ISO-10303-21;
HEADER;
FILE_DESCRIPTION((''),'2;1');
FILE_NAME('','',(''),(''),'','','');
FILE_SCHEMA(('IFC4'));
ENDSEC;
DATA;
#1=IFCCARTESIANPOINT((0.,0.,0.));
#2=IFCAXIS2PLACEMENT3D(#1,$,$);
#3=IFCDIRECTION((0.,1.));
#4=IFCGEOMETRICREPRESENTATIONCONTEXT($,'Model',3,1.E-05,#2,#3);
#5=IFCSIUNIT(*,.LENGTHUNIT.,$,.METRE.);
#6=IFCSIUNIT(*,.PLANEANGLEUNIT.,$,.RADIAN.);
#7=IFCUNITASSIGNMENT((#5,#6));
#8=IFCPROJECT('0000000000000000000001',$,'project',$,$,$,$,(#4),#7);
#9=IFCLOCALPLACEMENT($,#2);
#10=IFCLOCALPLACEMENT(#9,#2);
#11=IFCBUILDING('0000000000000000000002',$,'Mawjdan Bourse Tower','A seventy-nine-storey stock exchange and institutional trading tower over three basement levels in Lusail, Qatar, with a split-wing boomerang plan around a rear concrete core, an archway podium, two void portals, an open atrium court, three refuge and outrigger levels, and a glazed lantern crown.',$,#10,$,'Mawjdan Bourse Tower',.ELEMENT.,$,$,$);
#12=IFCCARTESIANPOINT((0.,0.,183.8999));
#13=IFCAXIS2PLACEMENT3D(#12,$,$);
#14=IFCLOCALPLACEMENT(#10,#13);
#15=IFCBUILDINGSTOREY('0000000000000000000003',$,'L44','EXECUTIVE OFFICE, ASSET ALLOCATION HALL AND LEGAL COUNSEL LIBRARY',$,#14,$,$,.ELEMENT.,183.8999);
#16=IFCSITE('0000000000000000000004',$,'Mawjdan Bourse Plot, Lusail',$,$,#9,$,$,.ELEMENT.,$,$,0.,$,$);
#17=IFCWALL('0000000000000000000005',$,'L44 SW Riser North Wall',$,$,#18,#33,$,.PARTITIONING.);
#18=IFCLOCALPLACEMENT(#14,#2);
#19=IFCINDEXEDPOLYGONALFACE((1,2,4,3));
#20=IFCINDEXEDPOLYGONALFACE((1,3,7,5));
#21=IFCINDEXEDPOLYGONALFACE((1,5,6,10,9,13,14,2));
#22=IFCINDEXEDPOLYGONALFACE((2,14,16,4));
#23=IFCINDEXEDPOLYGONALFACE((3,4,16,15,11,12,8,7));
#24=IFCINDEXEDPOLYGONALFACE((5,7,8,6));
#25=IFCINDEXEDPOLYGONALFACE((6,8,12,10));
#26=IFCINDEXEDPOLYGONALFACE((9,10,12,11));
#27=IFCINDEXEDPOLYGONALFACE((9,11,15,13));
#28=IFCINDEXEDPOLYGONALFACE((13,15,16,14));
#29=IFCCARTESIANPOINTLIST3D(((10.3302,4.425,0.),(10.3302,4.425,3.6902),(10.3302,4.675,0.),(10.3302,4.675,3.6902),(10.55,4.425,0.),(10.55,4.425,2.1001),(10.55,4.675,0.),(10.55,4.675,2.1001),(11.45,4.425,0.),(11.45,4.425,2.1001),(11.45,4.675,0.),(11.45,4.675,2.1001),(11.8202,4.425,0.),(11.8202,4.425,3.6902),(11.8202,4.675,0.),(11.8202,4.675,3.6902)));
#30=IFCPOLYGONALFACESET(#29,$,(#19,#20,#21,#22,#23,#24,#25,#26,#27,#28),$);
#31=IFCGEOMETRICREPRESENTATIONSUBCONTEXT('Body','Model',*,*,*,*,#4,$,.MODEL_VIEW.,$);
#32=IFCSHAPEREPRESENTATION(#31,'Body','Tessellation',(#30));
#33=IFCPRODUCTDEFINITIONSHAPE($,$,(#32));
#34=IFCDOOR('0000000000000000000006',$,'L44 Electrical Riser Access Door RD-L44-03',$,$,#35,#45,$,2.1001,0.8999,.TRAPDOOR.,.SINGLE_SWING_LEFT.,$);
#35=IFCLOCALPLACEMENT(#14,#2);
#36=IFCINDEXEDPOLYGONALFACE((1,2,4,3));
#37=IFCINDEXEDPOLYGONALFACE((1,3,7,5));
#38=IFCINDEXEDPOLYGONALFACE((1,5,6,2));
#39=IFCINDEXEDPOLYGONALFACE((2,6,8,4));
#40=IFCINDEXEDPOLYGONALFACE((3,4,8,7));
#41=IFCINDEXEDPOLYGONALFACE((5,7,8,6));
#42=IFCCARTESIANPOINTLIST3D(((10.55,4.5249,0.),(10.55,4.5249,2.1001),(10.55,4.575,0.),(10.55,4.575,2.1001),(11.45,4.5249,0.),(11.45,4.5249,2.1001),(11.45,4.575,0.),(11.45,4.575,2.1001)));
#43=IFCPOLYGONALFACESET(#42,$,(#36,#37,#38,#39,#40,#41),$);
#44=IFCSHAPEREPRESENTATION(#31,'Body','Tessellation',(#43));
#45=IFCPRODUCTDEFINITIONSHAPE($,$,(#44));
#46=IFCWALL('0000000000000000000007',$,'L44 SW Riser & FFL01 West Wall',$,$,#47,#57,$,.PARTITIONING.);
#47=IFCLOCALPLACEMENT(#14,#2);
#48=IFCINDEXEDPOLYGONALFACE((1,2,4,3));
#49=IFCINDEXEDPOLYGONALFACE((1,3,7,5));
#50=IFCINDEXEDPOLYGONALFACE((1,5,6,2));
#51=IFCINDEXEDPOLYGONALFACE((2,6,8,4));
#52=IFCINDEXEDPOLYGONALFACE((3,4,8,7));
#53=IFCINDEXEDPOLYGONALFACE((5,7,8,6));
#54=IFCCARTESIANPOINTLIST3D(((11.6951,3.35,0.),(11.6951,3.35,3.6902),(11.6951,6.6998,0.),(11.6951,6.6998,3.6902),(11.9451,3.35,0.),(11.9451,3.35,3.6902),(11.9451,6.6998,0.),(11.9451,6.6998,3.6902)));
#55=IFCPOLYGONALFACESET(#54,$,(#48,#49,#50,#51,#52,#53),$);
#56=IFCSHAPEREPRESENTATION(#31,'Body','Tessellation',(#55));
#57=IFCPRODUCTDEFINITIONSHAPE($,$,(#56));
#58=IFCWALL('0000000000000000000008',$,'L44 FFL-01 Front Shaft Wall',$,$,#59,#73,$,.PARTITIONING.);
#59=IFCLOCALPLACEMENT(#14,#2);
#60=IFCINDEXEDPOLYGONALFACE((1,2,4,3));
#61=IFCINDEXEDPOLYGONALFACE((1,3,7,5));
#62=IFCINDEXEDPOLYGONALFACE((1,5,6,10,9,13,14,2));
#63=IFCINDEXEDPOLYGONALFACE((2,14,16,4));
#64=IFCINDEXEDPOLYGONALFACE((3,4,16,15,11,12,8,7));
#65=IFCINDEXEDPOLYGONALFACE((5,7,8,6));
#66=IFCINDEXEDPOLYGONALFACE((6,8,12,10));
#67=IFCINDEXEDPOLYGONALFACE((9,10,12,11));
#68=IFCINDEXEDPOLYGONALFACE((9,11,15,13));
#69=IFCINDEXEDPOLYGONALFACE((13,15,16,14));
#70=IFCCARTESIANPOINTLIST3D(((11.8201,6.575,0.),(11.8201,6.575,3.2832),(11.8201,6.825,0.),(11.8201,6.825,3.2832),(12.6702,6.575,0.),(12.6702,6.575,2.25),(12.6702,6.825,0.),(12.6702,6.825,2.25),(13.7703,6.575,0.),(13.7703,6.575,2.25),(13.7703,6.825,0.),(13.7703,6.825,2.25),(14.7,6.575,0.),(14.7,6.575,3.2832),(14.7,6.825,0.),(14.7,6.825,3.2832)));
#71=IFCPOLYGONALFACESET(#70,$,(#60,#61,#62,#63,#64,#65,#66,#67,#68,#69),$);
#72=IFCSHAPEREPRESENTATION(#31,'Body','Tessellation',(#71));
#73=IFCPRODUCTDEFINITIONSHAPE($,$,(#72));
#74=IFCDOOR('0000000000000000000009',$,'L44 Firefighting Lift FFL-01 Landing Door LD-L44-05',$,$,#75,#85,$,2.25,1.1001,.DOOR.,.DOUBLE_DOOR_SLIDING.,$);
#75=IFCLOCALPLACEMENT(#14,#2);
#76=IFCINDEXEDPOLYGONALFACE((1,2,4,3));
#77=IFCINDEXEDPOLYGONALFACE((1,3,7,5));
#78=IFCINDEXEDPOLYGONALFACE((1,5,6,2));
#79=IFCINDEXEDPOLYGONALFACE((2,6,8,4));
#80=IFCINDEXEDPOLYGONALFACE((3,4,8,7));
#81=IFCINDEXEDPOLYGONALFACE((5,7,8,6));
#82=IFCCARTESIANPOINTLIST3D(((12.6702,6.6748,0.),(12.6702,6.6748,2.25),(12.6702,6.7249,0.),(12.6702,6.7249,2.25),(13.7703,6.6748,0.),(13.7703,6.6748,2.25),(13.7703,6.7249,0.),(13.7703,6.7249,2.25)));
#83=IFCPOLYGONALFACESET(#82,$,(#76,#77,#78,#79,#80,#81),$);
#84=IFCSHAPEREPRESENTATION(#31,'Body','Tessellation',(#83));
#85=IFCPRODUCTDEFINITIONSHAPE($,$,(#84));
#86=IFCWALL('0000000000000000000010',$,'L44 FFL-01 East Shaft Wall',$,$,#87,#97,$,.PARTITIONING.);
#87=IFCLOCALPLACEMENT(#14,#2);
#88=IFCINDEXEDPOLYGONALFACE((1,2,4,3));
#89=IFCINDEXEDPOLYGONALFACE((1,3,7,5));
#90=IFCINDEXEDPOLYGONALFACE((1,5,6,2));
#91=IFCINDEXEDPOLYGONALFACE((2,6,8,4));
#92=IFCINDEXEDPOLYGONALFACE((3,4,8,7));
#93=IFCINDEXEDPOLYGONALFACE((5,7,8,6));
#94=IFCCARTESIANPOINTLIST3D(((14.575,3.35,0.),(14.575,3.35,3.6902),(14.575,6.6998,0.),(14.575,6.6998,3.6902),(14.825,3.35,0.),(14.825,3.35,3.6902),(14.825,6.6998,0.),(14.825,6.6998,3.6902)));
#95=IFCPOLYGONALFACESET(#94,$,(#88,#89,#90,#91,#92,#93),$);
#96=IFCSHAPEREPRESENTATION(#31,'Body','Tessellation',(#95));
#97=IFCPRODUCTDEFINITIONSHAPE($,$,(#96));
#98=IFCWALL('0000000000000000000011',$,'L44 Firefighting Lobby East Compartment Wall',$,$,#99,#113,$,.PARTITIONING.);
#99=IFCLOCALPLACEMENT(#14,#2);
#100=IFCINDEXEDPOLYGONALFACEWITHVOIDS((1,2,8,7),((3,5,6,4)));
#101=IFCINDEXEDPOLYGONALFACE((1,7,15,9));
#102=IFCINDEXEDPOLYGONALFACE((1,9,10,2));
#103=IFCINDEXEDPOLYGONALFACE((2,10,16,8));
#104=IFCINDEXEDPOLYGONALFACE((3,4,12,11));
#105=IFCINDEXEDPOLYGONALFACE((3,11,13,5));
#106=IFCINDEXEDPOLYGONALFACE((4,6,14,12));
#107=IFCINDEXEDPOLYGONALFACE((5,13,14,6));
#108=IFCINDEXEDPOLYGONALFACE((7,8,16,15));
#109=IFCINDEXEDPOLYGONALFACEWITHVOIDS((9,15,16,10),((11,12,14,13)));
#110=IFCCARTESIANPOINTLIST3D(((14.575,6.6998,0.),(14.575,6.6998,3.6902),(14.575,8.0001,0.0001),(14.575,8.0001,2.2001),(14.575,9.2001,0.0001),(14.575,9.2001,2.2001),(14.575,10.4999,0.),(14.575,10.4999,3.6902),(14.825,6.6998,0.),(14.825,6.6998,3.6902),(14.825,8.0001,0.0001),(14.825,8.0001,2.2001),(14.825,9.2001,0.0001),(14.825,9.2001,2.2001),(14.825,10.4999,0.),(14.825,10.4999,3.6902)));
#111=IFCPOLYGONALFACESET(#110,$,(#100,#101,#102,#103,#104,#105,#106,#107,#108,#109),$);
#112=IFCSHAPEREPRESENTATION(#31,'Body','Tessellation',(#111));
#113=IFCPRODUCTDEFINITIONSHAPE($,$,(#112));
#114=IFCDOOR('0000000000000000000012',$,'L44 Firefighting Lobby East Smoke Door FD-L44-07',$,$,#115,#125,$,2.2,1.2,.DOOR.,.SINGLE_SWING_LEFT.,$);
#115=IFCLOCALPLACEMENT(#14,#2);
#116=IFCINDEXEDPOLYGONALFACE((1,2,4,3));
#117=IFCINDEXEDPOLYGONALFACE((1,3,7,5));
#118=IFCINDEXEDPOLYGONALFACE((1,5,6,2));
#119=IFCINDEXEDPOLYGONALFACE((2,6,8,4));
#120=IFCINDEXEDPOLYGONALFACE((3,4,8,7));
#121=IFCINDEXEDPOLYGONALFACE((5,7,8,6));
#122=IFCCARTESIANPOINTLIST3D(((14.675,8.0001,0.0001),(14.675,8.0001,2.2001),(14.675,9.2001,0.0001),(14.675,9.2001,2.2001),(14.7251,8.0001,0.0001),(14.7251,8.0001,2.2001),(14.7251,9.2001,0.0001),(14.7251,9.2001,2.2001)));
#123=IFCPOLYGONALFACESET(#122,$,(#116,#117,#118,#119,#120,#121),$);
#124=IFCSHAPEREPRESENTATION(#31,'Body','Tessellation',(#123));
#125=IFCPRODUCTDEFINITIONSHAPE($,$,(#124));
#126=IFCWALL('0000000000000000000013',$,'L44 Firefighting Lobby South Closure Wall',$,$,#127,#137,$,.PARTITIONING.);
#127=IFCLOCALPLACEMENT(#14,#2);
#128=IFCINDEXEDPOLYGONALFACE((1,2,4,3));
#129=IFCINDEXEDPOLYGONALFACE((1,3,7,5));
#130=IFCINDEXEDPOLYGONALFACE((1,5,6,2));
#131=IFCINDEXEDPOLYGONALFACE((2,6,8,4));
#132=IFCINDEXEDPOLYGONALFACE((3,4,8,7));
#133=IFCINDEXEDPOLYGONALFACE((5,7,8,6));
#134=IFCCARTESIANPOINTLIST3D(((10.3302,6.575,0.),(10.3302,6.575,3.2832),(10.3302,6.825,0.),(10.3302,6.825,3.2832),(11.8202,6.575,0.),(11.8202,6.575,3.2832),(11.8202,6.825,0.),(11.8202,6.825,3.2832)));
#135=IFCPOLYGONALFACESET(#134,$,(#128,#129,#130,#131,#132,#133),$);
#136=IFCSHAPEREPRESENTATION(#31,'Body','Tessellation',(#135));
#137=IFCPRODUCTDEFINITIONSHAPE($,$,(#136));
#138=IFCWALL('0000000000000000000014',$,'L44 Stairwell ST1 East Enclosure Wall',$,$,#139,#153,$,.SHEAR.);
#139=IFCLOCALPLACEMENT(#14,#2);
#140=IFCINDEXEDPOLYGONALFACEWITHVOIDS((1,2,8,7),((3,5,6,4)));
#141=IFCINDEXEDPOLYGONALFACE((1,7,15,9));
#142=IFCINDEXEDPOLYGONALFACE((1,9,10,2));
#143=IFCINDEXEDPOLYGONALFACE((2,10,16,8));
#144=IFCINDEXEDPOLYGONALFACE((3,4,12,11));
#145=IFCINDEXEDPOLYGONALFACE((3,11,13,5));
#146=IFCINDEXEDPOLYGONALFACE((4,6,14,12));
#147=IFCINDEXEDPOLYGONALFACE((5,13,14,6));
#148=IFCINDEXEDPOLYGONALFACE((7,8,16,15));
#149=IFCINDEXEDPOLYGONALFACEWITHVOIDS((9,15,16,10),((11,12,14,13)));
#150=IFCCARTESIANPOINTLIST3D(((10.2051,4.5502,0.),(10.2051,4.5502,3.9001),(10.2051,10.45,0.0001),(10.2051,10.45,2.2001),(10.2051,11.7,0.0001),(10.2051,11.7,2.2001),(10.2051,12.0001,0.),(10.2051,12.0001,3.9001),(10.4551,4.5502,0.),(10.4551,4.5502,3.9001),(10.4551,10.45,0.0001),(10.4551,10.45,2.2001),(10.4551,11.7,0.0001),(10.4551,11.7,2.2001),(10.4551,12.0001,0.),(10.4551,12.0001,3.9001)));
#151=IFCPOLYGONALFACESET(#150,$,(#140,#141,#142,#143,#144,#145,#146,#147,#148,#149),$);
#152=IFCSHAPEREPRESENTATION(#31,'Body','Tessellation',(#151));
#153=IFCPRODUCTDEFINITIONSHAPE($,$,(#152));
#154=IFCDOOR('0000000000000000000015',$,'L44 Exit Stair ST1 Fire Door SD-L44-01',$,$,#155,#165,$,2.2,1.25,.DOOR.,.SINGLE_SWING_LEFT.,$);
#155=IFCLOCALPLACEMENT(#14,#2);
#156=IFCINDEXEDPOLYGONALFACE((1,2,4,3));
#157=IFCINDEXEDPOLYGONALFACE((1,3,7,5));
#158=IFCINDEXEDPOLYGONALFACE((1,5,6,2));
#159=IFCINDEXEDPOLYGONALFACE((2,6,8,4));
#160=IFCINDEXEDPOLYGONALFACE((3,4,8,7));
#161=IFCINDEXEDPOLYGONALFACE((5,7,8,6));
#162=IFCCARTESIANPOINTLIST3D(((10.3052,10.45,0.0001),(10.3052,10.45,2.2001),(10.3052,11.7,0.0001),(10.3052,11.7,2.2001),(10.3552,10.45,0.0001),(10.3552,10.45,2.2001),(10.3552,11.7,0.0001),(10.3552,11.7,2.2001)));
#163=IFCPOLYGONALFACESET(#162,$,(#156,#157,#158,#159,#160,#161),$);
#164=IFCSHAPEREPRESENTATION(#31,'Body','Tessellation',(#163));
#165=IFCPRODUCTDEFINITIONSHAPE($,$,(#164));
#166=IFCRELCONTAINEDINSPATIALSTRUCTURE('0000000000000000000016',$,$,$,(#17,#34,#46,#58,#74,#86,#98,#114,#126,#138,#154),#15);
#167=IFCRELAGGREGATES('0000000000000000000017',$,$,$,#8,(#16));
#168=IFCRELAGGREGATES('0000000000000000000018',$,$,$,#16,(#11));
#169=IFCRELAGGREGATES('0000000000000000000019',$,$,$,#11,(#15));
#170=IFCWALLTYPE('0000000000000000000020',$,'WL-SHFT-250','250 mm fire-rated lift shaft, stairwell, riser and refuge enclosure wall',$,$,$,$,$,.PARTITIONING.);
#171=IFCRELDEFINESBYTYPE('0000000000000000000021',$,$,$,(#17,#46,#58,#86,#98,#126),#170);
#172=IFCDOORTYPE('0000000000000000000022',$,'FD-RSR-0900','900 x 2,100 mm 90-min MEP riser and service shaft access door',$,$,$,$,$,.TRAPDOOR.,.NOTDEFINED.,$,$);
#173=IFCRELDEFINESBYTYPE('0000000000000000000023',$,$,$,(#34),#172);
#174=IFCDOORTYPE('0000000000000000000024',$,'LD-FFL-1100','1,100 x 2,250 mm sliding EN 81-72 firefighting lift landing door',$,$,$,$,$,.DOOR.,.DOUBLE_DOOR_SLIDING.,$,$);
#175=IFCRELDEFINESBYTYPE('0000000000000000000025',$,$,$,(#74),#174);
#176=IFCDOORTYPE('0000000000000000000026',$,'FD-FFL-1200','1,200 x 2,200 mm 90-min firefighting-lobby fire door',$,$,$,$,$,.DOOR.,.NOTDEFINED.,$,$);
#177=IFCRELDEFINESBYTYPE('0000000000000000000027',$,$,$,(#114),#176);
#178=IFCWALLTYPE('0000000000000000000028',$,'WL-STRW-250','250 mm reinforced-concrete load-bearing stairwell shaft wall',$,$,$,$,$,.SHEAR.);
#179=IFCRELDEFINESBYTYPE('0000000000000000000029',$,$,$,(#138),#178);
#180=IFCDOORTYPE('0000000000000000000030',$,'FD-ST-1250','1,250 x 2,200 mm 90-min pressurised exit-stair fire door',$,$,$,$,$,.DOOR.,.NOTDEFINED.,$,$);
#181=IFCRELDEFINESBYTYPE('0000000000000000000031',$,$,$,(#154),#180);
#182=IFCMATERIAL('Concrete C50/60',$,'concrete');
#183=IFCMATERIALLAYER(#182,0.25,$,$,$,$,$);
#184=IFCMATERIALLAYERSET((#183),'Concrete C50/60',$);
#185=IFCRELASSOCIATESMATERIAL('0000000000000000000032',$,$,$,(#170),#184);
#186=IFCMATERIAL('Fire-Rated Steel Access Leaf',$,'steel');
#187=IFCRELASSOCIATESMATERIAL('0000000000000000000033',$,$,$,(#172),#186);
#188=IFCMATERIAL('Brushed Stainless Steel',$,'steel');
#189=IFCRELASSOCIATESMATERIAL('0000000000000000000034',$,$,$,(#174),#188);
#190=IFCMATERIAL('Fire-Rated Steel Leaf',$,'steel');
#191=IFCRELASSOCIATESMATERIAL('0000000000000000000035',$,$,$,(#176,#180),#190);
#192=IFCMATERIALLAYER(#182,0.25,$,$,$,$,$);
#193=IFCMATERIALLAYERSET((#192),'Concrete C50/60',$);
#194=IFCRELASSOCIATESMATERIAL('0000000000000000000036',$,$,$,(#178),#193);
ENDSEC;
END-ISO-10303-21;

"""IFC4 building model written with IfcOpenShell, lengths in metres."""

from ifc_helpers import new_model, si_unit, direction, frame, frame_2d, origin, place, context, subcontext, project, spatial, rectangle, extrude, material, layer, layer_set, type_object, element, fill, save


model = new_model("IFC4")

# Units and contexts
model_context = context("Model", 3, precision=1e-05, world=origin(), true_north=direction((0.0, 1.0)))
body_context = subcontext(model_context, "Body", "Model", "MODEL_VIEW")
ifc_project = project(units=[si_unit("LENGTHUNIT", "METRE"), si_unit("PLANEANGLEUNIT", "RADIAN")], contexts=[model_context])

# Site, building, storey
site_placement = place(None, origin())
site = spatial("IfcSite", under=ifc_project, at=site_placement, Name="Mawjdan Bourse Plot, Lusail", CompositionType="ELEMENT", RefElevation=0.0)
building_placement = place(site_placement, origin())
building = spatial("IfcBuilding", under=site, at=building_placement, Name="Mawjdan Bourse Tower", Description="A seventy-nine-storey stock exchange and institutional trading tower over three basement levels in Lusail, Qatar, with a split-wing boomerang plan around a rear concrete core, an archway podium, two void portals, an open atrium court, three refuge and outrigger levels, and a glazed lantern crown.", LongName="Mawjdan Bourse Tower", CompositionType="ELEMENT")
storey_placement = place(building_placement, frame((0.0, 0.0, 183.8999)))
storey = spatial("IfcBuildingStorey", under=building, at=storey_placement, Name="L44", Description="EXECUTIVE OFFICE, ASSET ALLOCATION HALL AND LEGAL COUNSEL LIBRARY", CompositionType="ELEMENT", Elevation=183.8999)

# Shared definitions
ifc_material_1 = material(Name="Concrete C50/60", Category="concrete")

# Wall, opening, door
ifc_layer_1 = layer(ifc_material_1, 0.25)
ifc_layer_set_1 = layer_set([ifc_layer_1], Name="Concrete C50/60")
wall_type_1 = type_object("IfcWallType", Name="WL-SHFT-250", Description="250 mm fire-rated lift shaft, stairwell, riser and refuge enclosure wall", PredefinedType="PARTITIONING", material=ifc_layer_set_1)
wall_1_placement = place(storey_placement, frame((10.3301, 4.55, 0.0), z_axis=(0.0, 0.0, 1.0), x_axis=(1.0, 0.0, 0.0)))
wall_1 = element("IfcWall", 1, at=wall_1_placement, inside=storey, type_object=wall_type_1, Name="L44 SW Riser North Wall", PredefinedType="PARTITIONING", context=body_context, shape_type="SweptSolid", body=[
    extrude(rectangle(XDim=1.49, YDim=0.25, at=frame_2d((0.7451, 0.0))), origin(), (0.0, 0.0, 1.0), 3.6902),
])
opening_1_placement = place(wall_1_placement, frame((0.22, 0.0, 0.0)))
opening_1 = element("IfcOpeningElement", 2, at=opening_1_placement, cuts=wall_1, PredefinedType="OPENING", context=body_context, shape_type="SweptSolid", body=[
    extrude(rectangle(XDim=0.8999, YDim=2.1001, at=frame_2d((0.45, 1.05))), frame((0.0, 0.135, 0.0), z_axis=(0.0, -1.0, 0.0), x_axis=(1.0, 0.0, 0.0)), (0.0, 0.0, 1.0), 0.27),
])
ifc_material_2 = material(Name="Fire-Rated Steel Access Leaf", Category="steel")
door_type_1 = type_object("IfcDoorType", Name="FD-RSR-0900", Description="900 x 2,100 mm 90-min MEP riser and service shaft access door", OperationType="NOTDEFINED", PredefinedType="TRAPDOOR", material=ifc_material_2)
door_1_placement = place(opening_1_placement, origin())
door_1 = element("IfcDoor", 3, at=door_1_placement, inside=storey, type_object=door_type_1, Name="L44 Electrical Riser Access Door RD-L44-03", OperationType="SINGLE_SWING_LEFT", OverallHeight=2.1001, OverallWidth=0.8999, PredefinedType="TRAPDOOR", context=body_context, shape_type="SweptSolid", body=[
    extrude(rectangle(XDim=0.8999, YDim=2.1001, at=frame_2d((0.45, 1.05))), frame((0.0, 0.0249, 0.0), z_axis=(0.0, -1.0, 0.0), x_axis=(1.0, 0.0, 0.0)), (0.0, 0.0, 1.0), 0.05),
])
fill(opening_1, door_1)

# Wall
wall_2_placement = place(storey_placement, frame((11.8201, 3.3501, 0.0), z_axis=(0.0, 0.0, 1.0), x_axis=(0.0, 1.0, 0.0)))
element("IfcWall", 4, at=wall_2_placement, inside=storey, type_object=wall_type_1, Name="L44 SW Riser & FFL01 West Wall", PredefinedType="PARTITIONING", context=body_context, shape_type="SweptSolid", body=[
    extrude(rectangle(XDim=3.3499, YDim=0.25, at=frame_2d((1.6748, 0.0))), origin(), (0.0, 0.0, 1.0), 3.6902),
])

# Wall, opening, door
wall_3_placement = place(storey_placement, frame((11.8201, 6.7, 0.0), z_axis=(0.0, 0.0, 1.0), x_axis=(1.0, 0.0, 0.0)))
wall_3 = element("IfcWall", 5, at=wall_3_placement, inside=storey, type_object=wall_type_1, Name="L44 FFL-01 Front Shaft Wall", PredefinedType="PARTITIONING", context=body_context, shape_type="SweptSolid", body=[
    extrude(rectangle(XDim=2.8799, YDim=0.25, at=frame_2d((1.4399, 0.0))), origin(), (0.0, 0.0, 1.0), 3.2832),
])
opening_2_placement = place(wall_3_placement, frame((0.8501, 0.0, 0.0)))
opening_2 = element("IfcOpeningElement", 6, at=opening_2_placement, cuts=wall_3, PredefinedType="OPENING", context=body_context, shape_type="SweptSolid", body=[
    extrude(rectangle(XDim=1.1001, YDim=2.25, at=frame_2d((0.55, 1.125))), frame((0.0, 0.135, 0.0), z_axis=(0.0, -1.0, 0.0), x_axis=(1.0, 0.0, 0.0)), (0.0, 0.0, 1.0), 0.27),
])
ifc_material_3 = material(Name="Brushed Stainless Steel", Category="steel")
door_type_2 = type_object("IfcDoorType", Name="LD-FFL-1100", Description="1,100 x 2,250 mm sliding EN 81-72 firefighting lift landing door", OperationType="DOUBLE_DOOR_SLIDING", PredefinedType="DOOR", material=ifc_material_3)
door_2_placement = place(opening_2_placement, origin())
door_2 = element("IfcDoor", 7, at=door_2_placement, inside=storey, type_object=door_type_2, Name="L44 Firefighting Lift FFL-01 Landing Door LD-L44-05", OperationType="DOUBLE_DOOR_SLIDING", OverallHeight=2.25, OverallWidth=1.1001, PredefinedType="DOOR", context=body_context, shape_type="SweptSolid", body=[
    extrude(rectangle(XDim=1.1001, YDim=2.25, at=frame_2d((0.55, 1.125))), frame((0.0, 0.0249, 0.0), z_axis=(0.0, -1.0, 0.0), x_axis=(1.0, 0.0, 0.0)), (0.0, 0.0, 1.0), 0.05),
])
fill(opening_2, door_2)

# Wall
wall_4_placement = place(storey_placement, frame((14.7, 3.3501, 0.0), z_axis=(0.0, 0.0, 1.0), x_axis=(0.0, 1.0, 0.0)))
element("IfcWall", 8, at=wall_4_placement, inside=storey, type_object=wall_type_1, Name="L44 FFL-01 East Shaft Wall", PredefinedType="PARTITIONING", context=body_context, shape_type="SweptSolid", body=[
    extrude(rectangle(XDim=3.3499, YDim=0.25, at=frame_2d((1.6748, 0.0))), origin(), (0.0, 0.0, 1.0), 3.6902),
])

# Wall, opening, door
wall_5_placement = place(storey_placement, frame((14.7, 6.7, 0.0), z_axis=(0.0, 0.0, 1.0), x_axis=(0.0, 1.0, 0.0)))
wall_5 = element("IfcWall", 9, at=wall_5_placement, inside=storey, type_object=wall_type_1, Name="L44 Firefighting Lobby East Compartment Wall", PredefinedType="PARTITIONING", context=body_context, shape_type="SweptSolid", body=[
    extrude(rectangle(XDim=3.8, YDim=0.25, at=frame_2d((1.8999, 0.0))), origin(), (0.0, 0.0, 1.0), 3.6902),
])
opening_3_placement = place(wall_5_placement, frame((1.3, 0.0, 0.0)))
opening_3 = element("IfcOpeningElement", 10, at=opening_3_placement, cuts=wall_5, PredefinedType="OPENING", context=body_context, shape_type="SweptSolid", body=[
    extrude(rectangle(XDim=1.2, YDim=2.2, at=frame_2d((0.6001, 1.1001))), frame((0.0, 0.135, 0.0), z_axis=(0.0, -1.0, 0.0), x_axis=(1.0, 0.0, 0.0)), (0.0, 0.0, 1.0), 0.27),
])
ifc_material_4 = material(Name="Fire-Rated Steel Leaf", Category="steel")
door_type_3 = type_object("IfcDoorType", Name="FD-FFL-1200", Description="1,200 x 2,200 mm 90-min firefighting-lobby fire door", OperationType="NOTDEFINED", PredefinedType="DOOR", material=ifc_material_4)
door_3_placement = place(opening_3_placement, origin())
door_3 = element("IfcDoor", 11, at=door_3_placement, inside=storey, type_object=door_type_3, Name="L44 Firefighting Lobby East Smoke Door FD-L44-07", OperationType="SINGLE_SWING_LEFT", OverallHeight=2.2, OverallWidth=1.2, PredefinedType="DOOR", context=body_context, shape_type="SweptSolid", body=[
    extrude(rectangle(XDim=1.2, YDim=2.2, at=frame_2d((0.6001, 1.1001))), frame((0.0, 0.0249, 0.0), z_axis=(0.0, -1.0, 0.0), x_axis=(1.0, 0.0, 0.0)), (0.0, 0.0, 1.0), 0.05),
])
fill(opening_3, door_3)

# Wall
wall_6_placement = place(storey_placement, frame((10.3301, 6.7, 0.0), z_axis=(0.0, 0.0, 1.0), x_axis=(1.0, 0.0, 0.0)))
element("IfcWall", 12, at=wall_6_placement, inside=storey, type_object=wall_type_1, Name="L44 Firefighting Lobby South Closure Wall", PredefinedType="PARTITIONING", context=body_context, shape_type="SweptSolid", body=[
    extrude(rectangle(XDim=1.49, YDim=0.25, at=frame_2d((0.7451, 0.0))), origin(), (0.0, 0.0, 1.0), 3.2832),
])
ifc_layer_2 = layer(ifc_material_1, 0.25)
ifc_layer_set_2 = layer_set([ifc_layer_2], Name="Concrete C50/60")
wall_type_2 = type_object("IfcWallType", Name="WL-STRW-250", Description="250 mm reinforced-concrete load-bearing stairwell shaft wall", PredefinedType="SHEAR", material=ifc_layer_set_2)

# Wall, opening, door
wall_7_placement = place(storey_placement, frame((10.3301, 4.55, 0.0), z_axis=(0.0, 0.0, 1.0), x_axis=(0.0, 1.0, 0.0)))
wall_7 = element("IfcWall", 13, at=wall_7_placement, inside=storey, type_object=wall_type_2, Name="L44 Stairwell ST1 East Enclosure Wall", PredefinedType="SHEAR", context=body_context, shape_type="SweptSolid", body=[
    extrude(rectangle(XDim=7.45, YDim=0.25, at=frame_2d((3.7251, 0.0))), origin(), (0.0, 0.0, 1.0), 3.9001),
])
opening_4_placement = place(wall_7_placement, frame((5.8999, 0.0, 0.0)))
opening_4 = element("IfcOpeningElement", 14, at=opening_4_placement, cuts=wall_7, PredefinedType="OPENING", context=body_context, shape_type="SweptSolid", body=[
    extrude(rectangle(XDim=1.25, YDim=2.2, at=frame_2d((0.625, 1.1001))), frame((0.0, 0.135, 0.0), z_axis=(0.0, -1.0, 0.0), x_axis=(1.0, 0.0, 0.0)), (0.0, 0.0, 1.0), 0.27),
])
door_type_4 = type_object("IfcDoorType", Name="FD-ST-1250", Description="1,250 x 2,200 mm 90-min pressurised exit-stair fire door", OperationType="NOTDEFINED", PredefinedType="DOOR", material=ifc_material_4)
door_4_placement = place(opening_4_placement, origin())
door_4 = element("IfcDoor", 15, at=door_4_placement, inside=storey, type_object=door_type_4, Name="L44 Exit Stair ST1 Fire Door SD-L44-01", OperationType="SINGLE_SWING_LEFT", OverallHeight=2.2, OverallWidth=1.25, PredefinedType="DOOR", context=body_context, shape_type="SweptSolid", body=[
    extrude(rectangle(XDim=1.25, YDim=2.2, at=frame_2d((0.625, 1.1001))), frame((0.0, 0.0249, 0.0), z_axis=(0.0, -1.0, 0.0), x_axis=(1.0, 0.0, 0.0)), (0.0, 0.0, 1.0), 0.05),
])
fill(opening_4, door_4)

save(model, "model.ifc")
